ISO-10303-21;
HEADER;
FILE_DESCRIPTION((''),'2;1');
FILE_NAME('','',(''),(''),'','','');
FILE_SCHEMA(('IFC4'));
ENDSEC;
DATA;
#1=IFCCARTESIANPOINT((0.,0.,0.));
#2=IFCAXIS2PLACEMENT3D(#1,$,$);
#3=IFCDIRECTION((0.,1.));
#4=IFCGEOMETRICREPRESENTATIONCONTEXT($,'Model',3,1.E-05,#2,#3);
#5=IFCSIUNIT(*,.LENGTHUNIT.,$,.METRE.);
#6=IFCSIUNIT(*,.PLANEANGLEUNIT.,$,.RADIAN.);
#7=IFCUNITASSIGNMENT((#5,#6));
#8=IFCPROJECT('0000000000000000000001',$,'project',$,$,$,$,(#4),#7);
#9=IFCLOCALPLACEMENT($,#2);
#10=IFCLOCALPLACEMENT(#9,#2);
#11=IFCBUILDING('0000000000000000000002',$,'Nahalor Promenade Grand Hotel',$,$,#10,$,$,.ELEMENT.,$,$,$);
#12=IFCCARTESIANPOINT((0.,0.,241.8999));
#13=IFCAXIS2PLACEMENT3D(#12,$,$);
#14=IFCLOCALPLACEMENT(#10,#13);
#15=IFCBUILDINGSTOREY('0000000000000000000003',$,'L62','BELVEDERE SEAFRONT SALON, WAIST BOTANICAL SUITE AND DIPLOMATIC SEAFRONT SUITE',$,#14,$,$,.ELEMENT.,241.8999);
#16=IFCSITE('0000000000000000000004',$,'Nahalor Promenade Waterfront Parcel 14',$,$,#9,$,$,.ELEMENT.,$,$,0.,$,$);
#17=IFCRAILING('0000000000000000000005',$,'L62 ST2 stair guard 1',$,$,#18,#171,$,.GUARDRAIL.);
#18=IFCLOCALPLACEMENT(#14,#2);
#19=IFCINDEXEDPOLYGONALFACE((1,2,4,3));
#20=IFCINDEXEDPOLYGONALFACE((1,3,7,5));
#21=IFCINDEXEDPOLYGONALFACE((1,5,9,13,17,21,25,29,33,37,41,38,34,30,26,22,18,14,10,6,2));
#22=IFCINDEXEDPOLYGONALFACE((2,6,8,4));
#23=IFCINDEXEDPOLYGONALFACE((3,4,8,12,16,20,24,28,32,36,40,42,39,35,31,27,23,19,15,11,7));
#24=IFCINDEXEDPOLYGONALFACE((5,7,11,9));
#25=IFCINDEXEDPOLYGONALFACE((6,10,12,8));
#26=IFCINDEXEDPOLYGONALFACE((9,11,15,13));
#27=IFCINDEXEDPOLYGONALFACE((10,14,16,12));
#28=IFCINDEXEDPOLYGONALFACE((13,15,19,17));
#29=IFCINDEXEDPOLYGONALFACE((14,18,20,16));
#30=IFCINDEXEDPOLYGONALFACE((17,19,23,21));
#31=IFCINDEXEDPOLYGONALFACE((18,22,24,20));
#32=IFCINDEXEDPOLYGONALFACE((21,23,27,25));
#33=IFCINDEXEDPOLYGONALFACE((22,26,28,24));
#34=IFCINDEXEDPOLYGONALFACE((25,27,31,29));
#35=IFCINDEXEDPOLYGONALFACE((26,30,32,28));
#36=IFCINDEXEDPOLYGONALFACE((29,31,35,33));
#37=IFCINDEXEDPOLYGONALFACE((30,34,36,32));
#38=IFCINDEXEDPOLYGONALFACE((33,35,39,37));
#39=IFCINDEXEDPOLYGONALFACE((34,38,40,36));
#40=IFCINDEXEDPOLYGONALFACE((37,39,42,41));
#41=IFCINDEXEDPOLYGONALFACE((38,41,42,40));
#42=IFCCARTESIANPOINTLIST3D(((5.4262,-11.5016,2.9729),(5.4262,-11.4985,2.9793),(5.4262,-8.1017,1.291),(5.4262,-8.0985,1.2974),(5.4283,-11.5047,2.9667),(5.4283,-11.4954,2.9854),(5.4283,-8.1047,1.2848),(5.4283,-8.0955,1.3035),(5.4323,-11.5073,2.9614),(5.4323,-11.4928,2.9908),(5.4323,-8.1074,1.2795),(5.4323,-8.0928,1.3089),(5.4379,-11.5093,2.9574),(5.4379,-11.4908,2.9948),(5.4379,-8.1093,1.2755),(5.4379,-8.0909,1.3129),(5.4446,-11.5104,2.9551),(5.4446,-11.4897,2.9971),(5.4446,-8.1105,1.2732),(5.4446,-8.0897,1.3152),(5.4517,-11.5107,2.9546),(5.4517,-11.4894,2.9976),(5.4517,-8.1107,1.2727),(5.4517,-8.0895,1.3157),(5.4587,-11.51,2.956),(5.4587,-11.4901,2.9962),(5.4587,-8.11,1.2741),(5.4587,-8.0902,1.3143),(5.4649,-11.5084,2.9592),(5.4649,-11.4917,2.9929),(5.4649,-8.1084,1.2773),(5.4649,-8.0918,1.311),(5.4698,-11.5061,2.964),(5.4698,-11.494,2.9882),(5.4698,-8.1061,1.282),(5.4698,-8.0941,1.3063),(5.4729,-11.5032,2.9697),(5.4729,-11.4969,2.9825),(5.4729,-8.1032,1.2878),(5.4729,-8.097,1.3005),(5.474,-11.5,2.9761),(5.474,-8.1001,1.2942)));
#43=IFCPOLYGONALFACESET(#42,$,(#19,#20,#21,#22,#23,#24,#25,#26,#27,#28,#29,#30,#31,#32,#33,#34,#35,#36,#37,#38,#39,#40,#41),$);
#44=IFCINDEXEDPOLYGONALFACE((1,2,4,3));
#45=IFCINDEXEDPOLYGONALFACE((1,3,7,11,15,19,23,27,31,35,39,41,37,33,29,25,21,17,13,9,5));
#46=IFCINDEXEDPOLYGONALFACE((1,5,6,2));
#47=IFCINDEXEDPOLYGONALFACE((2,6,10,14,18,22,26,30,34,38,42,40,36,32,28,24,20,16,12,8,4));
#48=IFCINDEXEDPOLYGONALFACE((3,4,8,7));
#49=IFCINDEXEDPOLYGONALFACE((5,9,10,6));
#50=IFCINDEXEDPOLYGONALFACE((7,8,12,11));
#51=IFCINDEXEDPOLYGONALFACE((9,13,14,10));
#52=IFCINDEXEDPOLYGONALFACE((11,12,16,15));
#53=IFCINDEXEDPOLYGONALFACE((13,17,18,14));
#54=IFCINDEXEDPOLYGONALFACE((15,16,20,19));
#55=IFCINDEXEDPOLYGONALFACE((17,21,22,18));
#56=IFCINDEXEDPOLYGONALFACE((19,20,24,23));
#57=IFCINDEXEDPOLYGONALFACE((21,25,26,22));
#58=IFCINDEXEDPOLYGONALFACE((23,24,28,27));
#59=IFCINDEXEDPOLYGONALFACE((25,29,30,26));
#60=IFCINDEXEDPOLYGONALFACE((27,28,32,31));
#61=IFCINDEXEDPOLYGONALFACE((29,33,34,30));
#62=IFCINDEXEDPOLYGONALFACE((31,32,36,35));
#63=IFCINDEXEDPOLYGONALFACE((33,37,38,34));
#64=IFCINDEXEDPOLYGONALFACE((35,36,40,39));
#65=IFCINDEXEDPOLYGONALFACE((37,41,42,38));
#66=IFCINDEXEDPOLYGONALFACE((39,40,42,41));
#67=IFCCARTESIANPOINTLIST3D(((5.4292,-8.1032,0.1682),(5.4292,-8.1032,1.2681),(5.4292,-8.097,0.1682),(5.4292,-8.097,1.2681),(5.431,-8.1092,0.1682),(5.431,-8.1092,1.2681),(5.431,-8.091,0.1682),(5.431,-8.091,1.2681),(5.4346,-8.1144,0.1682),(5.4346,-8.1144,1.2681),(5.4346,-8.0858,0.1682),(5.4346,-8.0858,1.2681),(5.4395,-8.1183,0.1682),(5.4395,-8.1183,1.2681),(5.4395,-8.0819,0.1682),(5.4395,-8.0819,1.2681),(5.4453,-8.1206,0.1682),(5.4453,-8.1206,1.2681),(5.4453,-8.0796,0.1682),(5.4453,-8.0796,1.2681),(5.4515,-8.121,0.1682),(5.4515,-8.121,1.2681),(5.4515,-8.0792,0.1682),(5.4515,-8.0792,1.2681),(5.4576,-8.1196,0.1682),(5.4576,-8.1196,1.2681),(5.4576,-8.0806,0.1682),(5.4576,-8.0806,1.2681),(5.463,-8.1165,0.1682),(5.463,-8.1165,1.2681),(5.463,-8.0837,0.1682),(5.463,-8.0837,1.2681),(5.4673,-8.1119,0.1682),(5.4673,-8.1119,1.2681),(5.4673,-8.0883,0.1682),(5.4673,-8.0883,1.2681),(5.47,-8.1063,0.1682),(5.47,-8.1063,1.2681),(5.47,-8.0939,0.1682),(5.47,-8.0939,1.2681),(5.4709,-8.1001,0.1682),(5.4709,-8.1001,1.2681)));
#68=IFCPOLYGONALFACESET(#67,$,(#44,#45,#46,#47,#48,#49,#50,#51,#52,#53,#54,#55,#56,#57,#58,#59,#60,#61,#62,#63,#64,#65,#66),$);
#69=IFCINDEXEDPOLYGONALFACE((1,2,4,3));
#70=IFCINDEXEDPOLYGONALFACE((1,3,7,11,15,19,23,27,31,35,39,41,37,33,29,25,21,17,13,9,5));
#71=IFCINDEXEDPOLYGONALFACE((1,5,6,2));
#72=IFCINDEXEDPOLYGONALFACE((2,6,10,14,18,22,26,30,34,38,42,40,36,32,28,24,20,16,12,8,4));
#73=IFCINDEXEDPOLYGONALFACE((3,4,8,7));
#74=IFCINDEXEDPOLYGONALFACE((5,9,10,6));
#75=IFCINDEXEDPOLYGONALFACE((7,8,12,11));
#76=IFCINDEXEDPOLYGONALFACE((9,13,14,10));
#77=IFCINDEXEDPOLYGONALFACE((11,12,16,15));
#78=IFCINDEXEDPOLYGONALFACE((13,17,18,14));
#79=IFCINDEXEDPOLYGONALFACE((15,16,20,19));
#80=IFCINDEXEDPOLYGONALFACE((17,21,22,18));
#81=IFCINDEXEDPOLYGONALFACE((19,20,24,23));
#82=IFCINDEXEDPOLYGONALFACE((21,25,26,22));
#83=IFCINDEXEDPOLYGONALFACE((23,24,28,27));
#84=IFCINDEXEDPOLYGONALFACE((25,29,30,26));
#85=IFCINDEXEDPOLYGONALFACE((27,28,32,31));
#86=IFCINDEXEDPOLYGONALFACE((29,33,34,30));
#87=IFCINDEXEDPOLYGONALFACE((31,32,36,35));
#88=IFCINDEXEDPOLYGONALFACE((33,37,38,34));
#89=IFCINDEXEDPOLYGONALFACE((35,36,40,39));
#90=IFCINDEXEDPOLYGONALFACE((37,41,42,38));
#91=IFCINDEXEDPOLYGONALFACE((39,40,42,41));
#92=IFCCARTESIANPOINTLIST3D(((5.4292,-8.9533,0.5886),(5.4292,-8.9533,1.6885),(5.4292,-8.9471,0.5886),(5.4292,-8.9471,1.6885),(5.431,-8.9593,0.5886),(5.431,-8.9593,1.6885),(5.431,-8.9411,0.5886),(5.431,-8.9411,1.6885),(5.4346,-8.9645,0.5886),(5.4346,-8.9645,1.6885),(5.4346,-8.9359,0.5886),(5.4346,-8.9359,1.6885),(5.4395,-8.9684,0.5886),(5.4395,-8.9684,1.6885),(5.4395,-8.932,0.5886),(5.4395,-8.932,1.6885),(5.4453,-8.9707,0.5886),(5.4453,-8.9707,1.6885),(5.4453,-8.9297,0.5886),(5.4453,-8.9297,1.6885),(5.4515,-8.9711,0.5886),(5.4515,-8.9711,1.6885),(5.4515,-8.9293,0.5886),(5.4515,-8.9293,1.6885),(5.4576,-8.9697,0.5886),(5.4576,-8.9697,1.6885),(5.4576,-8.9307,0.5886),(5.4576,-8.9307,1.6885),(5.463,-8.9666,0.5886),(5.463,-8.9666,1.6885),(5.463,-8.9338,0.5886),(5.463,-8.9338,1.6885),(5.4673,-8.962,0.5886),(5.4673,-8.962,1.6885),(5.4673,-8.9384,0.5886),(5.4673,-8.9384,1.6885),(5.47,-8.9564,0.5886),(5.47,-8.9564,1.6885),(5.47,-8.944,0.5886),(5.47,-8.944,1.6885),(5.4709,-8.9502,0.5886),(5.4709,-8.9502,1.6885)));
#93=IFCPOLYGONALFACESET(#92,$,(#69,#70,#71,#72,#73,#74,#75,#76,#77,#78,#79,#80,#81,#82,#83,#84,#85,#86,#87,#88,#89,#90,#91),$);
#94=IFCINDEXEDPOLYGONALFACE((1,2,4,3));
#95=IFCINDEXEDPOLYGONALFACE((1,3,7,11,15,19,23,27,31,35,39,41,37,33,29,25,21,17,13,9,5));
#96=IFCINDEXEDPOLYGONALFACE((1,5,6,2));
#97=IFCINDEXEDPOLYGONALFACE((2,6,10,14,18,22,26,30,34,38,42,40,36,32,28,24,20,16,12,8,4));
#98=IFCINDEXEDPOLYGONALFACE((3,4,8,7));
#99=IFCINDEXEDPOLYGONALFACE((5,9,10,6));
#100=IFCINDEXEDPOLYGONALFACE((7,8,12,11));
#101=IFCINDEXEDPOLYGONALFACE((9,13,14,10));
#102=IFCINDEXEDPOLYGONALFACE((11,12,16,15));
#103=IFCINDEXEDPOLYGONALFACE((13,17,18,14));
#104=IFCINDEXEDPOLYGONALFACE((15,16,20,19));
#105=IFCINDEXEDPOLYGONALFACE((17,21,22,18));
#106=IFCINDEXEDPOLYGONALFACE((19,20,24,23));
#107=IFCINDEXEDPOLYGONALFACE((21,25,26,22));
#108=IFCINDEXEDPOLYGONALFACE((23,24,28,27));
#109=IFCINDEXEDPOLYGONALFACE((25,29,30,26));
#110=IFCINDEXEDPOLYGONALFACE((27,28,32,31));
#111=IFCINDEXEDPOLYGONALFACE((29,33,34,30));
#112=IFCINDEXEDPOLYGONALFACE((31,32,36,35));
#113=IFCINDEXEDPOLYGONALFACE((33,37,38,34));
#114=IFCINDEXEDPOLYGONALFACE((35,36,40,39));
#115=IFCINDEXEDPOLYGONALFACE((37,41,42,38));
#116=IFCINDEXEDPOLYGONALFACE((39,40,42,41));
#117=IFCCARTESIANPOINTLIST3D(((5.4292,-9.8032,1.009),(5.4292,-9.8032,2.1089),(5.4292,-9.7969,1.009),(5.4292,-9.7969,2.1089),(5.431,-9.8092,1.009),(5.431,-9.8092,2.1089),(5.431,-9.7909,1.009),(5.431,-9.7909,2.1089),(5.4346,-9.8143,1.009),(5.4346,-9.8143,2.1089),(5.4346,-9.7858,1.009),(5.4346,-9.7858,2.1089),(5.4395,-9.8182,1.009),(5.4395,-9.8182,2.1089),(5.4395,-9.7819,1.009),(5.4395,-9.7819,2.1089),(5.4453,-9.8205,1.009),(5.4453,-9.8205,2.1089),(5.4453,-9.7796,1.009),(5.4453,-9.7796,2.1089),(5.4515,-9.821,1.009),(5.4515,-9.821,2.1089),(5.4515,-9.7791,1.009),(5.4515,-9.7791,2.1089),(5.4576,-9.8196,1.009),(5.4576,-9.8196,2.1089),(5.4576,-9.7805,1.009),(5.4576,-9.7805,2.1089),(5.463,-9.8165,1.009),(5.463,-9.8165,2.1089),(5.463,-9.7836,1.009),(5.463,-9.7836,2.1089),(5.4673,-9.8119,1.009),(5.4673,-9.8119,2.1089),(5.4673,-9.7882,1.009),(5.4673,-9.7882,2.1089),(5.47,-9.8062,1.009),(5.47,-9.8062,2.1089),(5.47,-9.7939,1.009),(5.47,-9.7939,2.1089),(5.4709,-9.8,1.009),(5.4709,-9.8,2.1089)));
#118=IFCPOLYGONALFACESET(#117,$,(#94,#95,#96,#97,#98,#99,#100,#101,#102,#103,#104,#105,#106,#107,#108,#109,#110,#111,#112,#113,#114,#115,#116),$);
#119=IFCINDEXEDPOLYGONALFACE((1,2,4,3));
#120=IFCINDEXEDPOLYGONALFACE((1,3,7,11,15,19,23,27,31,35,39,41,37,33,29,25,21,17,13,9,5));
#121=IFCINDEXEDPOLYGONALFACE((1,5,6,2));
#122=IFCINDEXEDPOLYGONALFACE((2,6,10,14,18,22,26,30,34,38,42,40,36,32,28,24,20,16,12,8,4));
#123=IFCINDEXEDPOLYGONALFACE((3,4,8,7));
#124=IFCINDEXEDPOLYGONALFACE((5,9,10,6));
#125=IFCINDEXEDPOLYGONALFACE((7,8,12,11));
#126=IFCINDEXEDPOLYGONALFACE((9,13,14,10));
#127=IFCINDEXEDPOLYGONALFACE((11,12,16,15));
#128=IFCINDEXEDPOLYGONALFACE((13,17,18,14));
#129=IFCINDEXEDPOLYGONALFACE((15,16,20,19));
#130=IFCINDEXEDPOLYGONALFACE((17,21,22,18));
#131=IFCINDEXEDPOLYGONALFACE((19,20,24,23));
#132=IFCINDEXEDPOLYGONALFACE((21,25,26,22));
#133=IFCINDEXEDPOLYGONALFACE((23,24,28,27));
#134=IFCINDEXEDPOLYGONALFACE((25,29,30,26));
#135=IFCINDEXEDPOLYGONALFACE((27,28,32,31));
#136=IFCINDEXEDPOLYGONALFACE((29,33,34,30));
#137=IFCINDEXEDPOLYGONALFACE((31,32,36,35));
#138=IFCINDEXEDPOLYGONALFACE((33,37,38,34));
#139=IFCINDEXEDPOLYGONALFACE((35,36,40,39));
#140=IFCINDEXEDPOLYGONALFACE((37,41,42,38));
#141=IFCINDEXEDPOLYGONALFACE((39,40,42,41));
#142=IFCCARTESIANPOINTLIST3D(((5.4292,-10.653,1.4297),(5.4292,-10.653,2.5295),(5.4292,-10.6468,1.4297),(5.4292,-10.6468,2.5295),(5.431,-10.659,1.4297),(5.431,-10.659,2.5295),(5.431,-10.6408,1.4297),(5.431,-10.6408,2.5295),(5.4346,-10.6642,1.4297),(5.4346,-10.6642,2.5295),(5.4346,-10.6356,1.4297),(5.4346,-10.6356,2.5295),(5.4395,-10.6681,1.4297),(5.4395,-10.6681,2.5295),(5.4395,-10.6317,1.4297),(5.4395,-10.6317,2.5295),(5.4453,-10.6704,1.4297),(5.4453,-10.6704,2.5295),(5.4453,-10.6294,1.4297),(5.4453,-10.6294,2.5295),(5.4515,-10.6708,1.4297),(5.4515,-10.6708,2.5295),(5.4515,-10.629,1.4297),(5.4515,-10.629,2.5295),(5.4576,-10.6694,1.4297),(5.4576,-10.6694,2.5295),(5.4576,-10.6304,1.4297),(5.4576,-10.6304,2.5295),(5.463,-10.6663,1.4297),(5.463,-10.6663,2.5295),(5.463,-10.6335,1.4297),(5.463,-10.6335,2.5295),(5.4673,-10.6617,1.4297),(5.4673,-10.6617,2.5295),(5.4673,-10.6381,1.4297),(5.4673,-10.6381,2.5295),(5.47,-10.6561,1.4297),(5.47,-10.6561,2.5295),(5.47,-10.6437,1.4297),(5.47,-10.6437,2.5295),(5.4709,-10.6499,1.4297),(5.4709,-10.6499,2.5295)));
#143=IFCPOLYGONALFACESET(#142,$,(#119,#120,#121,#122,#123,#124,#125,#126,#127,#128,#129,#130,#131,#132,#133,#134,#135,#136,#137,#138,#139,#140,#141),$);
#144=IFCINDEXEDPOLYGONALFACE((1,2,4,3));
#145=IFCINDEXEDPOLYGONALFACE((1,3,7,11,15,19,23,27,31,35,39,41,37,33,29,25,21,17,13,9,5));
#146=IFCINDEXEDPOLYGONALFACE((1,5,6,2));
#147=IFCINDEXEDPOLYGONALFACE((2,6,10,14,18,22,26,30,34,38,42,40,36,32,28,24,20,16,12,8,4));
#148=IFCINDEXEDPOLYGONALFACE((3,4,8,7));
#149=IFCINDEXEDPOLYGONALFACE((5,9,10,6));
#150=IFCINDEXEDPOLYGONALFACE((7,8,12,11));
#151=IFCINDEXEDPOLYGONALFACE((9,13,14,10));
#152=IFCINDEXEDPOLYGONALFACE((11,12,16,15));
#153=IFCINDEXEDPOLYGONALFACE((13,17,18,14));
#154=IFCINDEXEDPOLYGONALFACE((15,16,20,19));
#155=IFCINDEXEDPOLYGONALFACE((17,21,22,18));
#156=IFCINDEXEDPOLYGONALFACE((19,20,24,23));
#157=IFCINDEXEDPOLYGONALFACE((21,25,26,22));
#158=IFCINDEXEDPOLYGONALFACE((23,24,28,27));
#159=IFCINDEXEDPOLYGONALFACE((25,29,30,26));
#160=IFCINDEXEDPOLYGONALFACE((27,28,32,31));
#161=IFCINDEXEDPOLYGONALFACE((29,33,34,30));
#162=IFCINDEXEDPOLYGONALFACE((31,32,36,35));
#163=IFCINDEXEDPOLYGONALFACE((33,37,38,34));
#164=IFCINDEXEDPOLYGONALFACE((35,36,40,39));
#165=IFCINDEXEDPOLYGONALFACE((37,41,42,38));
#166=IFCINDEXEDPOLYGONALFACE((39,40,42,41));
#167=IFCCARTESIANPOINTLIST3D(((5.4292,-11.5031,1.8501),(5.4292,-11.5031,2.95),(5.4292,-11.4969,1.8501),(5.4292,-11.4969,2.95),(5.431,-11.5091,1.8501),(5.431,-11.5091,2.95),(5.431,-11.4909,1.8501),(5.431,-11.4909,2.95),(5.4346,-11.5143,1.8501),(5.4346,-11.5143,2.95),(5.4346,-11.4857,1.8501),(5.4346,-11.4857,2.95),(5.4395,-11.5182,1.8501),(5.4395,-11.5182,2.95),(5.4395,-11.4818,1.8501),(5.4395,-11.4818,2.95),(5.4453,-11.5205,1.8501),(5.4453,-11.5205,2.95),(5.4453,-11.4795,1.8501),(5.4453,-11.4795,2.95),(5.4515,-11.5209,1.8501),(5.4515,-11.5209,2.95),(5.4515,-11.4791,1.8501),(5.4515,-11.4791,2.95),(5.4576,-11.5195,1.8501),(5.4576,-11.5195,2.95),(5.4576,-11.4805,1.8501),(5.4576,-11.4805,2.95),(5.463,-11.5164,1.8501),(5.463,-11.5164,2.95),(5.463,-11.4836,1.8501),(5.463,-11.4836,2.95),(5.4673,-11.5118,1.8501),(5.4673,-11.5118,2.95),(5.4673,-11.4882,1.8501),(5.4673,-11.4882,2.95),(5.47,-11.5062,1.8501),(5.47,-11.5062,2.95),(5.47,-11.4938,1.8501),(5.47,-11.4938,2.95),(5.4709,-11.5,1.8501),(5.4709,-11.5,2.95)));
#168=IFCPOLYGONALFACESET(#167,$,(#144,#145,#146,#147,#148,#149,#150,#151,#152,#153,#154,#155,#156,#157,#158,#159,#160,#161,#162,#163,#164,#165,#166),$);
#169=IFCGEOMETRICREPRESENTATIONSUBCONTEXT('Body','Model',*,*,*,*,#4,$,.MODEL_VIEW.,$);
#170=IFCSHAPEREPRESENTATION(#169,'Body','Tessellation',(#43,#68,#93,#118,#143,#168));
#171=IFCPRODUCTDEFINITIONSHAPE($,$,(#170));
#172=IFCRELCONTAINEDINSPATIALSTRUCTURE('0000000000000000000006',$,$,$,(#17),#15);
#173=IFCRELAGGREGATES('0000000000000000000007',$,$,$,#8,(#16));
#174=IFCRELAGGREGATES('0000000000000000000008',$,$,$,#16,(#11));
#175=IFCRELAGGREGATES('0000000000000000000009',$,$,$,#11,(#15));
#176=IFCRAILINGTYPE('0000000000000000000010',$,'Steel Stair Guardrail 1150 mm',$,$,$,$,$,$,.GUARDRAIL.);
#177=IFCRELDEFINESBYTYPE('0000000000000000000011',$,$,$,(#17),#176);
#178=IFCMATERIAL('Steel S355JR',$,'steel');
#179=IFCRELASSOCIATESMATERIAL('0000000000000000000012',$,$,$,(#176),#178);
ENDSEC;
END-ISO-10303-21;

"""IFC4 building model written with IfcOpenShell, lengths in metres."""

from ifc_helpers import new_model, si_unit, direction, frame, origin, origin_2d, place, context, subcontext, project, spatial, circle, extrude, material, type_object, element, save


model = new_model("IFC4")

# Units and contexts
model_context = context("Model", 3, precision=1e-05, world=origin(), true_north=direction((0.0, 1.0)))
body_context = subcontext(model_context, "Body", "Model", "MODEL_VIEW")
ifc_project = project(units=[si_unit("LENGTHUNIT", "METRE"), si_unit("PLANEANGLEUNIT", "RADIAN")], contexts=[model_context])

# Site, building, storey
site_placement = place(None, origin())
site = spatial("IfcSite", under=ifc_project, at=site_placement, Name="Nahalor Promenade Waterfront Parcel 14", CompositionType="ELEMENT", RefElevation=0.0)
building_placement = place(site_placement, origin())
building = spatial("IfcBuilding", under=site, at=building_placement, Name="Nahalor Promenade Grand Hotel", CompositionType="ELEMENT")
storey_placement = place(building_placement, frame((0.0, 0.0, 241.8999)))
storey = spatial("IfcBuildingStorey", under=building, at=storey_placement, Name="L62", Description="BELVEDERE SEAFRONT SALON, WAIST BOTANICAL SUITE AND DIPLOMATIC SEAFRONT SUITE", CompositionType="ELEMENT", Elevation=241.8999)

# Shared definitions
ifc_material_1 = material(Name="Steel S355JR", Category="steel")

# Railing
railing_type_1 = type_object("IfcRailingType", Name="Steel Stair Guardrail 1150 mm", PredefinedType="GUARDRAIL", material=ifc_material_1)
railing_1_placement = place(storey_placement, frame((5.45, -8.1001, 0.1682)))
element("IfcRailing", 1, at=railing_1_placement, inside=storey, type_object=railing_type_1, Name="L62 ST2 stair guard 1", PredefinedType="GUARDRAIL", context=body_context, shape_type="SweptSolid", body=[
    extrude(circle(Radius=0.024, at=origin_2d()), frame((0.0, 0.0, 1.126), z_axis=(0.0, -0.896324, 0.443399), x_axis=(1.0, 0.0, 0.0)), (0.0, 0.0, 1.0), 3.7932),
    extrude(circle(Radius=0.021, at=origin_2d()), origin(), (0.0, 0.0, 1.0), 1.0999),
    extrude(circle(Radius=0.021, at=origin_2d()), frame((0.0, -0.8501, 0.4204)), (0.0, 0.0, 1.0), 1.0999),
    extrude(circle(Radius=0.021, at=origin_2d()), frame((0.0, -1.7, 0.8408)), (0.0, 0.0, 1.0), 1.0999),
    extrude(circle(Radius=0.021, at=origin_2d()), frame((0.0, -2.5498, 1.2615)), (0.0, 0.0, 1.0), 1.0999),
    extrude(circle(Radius=0.021, at=origin_2d()), frame((0.0, -3.3999, 1.6819)), (0.0, 0.0, 1.0), 1.0999),
])

save(model, "model.ifc")
